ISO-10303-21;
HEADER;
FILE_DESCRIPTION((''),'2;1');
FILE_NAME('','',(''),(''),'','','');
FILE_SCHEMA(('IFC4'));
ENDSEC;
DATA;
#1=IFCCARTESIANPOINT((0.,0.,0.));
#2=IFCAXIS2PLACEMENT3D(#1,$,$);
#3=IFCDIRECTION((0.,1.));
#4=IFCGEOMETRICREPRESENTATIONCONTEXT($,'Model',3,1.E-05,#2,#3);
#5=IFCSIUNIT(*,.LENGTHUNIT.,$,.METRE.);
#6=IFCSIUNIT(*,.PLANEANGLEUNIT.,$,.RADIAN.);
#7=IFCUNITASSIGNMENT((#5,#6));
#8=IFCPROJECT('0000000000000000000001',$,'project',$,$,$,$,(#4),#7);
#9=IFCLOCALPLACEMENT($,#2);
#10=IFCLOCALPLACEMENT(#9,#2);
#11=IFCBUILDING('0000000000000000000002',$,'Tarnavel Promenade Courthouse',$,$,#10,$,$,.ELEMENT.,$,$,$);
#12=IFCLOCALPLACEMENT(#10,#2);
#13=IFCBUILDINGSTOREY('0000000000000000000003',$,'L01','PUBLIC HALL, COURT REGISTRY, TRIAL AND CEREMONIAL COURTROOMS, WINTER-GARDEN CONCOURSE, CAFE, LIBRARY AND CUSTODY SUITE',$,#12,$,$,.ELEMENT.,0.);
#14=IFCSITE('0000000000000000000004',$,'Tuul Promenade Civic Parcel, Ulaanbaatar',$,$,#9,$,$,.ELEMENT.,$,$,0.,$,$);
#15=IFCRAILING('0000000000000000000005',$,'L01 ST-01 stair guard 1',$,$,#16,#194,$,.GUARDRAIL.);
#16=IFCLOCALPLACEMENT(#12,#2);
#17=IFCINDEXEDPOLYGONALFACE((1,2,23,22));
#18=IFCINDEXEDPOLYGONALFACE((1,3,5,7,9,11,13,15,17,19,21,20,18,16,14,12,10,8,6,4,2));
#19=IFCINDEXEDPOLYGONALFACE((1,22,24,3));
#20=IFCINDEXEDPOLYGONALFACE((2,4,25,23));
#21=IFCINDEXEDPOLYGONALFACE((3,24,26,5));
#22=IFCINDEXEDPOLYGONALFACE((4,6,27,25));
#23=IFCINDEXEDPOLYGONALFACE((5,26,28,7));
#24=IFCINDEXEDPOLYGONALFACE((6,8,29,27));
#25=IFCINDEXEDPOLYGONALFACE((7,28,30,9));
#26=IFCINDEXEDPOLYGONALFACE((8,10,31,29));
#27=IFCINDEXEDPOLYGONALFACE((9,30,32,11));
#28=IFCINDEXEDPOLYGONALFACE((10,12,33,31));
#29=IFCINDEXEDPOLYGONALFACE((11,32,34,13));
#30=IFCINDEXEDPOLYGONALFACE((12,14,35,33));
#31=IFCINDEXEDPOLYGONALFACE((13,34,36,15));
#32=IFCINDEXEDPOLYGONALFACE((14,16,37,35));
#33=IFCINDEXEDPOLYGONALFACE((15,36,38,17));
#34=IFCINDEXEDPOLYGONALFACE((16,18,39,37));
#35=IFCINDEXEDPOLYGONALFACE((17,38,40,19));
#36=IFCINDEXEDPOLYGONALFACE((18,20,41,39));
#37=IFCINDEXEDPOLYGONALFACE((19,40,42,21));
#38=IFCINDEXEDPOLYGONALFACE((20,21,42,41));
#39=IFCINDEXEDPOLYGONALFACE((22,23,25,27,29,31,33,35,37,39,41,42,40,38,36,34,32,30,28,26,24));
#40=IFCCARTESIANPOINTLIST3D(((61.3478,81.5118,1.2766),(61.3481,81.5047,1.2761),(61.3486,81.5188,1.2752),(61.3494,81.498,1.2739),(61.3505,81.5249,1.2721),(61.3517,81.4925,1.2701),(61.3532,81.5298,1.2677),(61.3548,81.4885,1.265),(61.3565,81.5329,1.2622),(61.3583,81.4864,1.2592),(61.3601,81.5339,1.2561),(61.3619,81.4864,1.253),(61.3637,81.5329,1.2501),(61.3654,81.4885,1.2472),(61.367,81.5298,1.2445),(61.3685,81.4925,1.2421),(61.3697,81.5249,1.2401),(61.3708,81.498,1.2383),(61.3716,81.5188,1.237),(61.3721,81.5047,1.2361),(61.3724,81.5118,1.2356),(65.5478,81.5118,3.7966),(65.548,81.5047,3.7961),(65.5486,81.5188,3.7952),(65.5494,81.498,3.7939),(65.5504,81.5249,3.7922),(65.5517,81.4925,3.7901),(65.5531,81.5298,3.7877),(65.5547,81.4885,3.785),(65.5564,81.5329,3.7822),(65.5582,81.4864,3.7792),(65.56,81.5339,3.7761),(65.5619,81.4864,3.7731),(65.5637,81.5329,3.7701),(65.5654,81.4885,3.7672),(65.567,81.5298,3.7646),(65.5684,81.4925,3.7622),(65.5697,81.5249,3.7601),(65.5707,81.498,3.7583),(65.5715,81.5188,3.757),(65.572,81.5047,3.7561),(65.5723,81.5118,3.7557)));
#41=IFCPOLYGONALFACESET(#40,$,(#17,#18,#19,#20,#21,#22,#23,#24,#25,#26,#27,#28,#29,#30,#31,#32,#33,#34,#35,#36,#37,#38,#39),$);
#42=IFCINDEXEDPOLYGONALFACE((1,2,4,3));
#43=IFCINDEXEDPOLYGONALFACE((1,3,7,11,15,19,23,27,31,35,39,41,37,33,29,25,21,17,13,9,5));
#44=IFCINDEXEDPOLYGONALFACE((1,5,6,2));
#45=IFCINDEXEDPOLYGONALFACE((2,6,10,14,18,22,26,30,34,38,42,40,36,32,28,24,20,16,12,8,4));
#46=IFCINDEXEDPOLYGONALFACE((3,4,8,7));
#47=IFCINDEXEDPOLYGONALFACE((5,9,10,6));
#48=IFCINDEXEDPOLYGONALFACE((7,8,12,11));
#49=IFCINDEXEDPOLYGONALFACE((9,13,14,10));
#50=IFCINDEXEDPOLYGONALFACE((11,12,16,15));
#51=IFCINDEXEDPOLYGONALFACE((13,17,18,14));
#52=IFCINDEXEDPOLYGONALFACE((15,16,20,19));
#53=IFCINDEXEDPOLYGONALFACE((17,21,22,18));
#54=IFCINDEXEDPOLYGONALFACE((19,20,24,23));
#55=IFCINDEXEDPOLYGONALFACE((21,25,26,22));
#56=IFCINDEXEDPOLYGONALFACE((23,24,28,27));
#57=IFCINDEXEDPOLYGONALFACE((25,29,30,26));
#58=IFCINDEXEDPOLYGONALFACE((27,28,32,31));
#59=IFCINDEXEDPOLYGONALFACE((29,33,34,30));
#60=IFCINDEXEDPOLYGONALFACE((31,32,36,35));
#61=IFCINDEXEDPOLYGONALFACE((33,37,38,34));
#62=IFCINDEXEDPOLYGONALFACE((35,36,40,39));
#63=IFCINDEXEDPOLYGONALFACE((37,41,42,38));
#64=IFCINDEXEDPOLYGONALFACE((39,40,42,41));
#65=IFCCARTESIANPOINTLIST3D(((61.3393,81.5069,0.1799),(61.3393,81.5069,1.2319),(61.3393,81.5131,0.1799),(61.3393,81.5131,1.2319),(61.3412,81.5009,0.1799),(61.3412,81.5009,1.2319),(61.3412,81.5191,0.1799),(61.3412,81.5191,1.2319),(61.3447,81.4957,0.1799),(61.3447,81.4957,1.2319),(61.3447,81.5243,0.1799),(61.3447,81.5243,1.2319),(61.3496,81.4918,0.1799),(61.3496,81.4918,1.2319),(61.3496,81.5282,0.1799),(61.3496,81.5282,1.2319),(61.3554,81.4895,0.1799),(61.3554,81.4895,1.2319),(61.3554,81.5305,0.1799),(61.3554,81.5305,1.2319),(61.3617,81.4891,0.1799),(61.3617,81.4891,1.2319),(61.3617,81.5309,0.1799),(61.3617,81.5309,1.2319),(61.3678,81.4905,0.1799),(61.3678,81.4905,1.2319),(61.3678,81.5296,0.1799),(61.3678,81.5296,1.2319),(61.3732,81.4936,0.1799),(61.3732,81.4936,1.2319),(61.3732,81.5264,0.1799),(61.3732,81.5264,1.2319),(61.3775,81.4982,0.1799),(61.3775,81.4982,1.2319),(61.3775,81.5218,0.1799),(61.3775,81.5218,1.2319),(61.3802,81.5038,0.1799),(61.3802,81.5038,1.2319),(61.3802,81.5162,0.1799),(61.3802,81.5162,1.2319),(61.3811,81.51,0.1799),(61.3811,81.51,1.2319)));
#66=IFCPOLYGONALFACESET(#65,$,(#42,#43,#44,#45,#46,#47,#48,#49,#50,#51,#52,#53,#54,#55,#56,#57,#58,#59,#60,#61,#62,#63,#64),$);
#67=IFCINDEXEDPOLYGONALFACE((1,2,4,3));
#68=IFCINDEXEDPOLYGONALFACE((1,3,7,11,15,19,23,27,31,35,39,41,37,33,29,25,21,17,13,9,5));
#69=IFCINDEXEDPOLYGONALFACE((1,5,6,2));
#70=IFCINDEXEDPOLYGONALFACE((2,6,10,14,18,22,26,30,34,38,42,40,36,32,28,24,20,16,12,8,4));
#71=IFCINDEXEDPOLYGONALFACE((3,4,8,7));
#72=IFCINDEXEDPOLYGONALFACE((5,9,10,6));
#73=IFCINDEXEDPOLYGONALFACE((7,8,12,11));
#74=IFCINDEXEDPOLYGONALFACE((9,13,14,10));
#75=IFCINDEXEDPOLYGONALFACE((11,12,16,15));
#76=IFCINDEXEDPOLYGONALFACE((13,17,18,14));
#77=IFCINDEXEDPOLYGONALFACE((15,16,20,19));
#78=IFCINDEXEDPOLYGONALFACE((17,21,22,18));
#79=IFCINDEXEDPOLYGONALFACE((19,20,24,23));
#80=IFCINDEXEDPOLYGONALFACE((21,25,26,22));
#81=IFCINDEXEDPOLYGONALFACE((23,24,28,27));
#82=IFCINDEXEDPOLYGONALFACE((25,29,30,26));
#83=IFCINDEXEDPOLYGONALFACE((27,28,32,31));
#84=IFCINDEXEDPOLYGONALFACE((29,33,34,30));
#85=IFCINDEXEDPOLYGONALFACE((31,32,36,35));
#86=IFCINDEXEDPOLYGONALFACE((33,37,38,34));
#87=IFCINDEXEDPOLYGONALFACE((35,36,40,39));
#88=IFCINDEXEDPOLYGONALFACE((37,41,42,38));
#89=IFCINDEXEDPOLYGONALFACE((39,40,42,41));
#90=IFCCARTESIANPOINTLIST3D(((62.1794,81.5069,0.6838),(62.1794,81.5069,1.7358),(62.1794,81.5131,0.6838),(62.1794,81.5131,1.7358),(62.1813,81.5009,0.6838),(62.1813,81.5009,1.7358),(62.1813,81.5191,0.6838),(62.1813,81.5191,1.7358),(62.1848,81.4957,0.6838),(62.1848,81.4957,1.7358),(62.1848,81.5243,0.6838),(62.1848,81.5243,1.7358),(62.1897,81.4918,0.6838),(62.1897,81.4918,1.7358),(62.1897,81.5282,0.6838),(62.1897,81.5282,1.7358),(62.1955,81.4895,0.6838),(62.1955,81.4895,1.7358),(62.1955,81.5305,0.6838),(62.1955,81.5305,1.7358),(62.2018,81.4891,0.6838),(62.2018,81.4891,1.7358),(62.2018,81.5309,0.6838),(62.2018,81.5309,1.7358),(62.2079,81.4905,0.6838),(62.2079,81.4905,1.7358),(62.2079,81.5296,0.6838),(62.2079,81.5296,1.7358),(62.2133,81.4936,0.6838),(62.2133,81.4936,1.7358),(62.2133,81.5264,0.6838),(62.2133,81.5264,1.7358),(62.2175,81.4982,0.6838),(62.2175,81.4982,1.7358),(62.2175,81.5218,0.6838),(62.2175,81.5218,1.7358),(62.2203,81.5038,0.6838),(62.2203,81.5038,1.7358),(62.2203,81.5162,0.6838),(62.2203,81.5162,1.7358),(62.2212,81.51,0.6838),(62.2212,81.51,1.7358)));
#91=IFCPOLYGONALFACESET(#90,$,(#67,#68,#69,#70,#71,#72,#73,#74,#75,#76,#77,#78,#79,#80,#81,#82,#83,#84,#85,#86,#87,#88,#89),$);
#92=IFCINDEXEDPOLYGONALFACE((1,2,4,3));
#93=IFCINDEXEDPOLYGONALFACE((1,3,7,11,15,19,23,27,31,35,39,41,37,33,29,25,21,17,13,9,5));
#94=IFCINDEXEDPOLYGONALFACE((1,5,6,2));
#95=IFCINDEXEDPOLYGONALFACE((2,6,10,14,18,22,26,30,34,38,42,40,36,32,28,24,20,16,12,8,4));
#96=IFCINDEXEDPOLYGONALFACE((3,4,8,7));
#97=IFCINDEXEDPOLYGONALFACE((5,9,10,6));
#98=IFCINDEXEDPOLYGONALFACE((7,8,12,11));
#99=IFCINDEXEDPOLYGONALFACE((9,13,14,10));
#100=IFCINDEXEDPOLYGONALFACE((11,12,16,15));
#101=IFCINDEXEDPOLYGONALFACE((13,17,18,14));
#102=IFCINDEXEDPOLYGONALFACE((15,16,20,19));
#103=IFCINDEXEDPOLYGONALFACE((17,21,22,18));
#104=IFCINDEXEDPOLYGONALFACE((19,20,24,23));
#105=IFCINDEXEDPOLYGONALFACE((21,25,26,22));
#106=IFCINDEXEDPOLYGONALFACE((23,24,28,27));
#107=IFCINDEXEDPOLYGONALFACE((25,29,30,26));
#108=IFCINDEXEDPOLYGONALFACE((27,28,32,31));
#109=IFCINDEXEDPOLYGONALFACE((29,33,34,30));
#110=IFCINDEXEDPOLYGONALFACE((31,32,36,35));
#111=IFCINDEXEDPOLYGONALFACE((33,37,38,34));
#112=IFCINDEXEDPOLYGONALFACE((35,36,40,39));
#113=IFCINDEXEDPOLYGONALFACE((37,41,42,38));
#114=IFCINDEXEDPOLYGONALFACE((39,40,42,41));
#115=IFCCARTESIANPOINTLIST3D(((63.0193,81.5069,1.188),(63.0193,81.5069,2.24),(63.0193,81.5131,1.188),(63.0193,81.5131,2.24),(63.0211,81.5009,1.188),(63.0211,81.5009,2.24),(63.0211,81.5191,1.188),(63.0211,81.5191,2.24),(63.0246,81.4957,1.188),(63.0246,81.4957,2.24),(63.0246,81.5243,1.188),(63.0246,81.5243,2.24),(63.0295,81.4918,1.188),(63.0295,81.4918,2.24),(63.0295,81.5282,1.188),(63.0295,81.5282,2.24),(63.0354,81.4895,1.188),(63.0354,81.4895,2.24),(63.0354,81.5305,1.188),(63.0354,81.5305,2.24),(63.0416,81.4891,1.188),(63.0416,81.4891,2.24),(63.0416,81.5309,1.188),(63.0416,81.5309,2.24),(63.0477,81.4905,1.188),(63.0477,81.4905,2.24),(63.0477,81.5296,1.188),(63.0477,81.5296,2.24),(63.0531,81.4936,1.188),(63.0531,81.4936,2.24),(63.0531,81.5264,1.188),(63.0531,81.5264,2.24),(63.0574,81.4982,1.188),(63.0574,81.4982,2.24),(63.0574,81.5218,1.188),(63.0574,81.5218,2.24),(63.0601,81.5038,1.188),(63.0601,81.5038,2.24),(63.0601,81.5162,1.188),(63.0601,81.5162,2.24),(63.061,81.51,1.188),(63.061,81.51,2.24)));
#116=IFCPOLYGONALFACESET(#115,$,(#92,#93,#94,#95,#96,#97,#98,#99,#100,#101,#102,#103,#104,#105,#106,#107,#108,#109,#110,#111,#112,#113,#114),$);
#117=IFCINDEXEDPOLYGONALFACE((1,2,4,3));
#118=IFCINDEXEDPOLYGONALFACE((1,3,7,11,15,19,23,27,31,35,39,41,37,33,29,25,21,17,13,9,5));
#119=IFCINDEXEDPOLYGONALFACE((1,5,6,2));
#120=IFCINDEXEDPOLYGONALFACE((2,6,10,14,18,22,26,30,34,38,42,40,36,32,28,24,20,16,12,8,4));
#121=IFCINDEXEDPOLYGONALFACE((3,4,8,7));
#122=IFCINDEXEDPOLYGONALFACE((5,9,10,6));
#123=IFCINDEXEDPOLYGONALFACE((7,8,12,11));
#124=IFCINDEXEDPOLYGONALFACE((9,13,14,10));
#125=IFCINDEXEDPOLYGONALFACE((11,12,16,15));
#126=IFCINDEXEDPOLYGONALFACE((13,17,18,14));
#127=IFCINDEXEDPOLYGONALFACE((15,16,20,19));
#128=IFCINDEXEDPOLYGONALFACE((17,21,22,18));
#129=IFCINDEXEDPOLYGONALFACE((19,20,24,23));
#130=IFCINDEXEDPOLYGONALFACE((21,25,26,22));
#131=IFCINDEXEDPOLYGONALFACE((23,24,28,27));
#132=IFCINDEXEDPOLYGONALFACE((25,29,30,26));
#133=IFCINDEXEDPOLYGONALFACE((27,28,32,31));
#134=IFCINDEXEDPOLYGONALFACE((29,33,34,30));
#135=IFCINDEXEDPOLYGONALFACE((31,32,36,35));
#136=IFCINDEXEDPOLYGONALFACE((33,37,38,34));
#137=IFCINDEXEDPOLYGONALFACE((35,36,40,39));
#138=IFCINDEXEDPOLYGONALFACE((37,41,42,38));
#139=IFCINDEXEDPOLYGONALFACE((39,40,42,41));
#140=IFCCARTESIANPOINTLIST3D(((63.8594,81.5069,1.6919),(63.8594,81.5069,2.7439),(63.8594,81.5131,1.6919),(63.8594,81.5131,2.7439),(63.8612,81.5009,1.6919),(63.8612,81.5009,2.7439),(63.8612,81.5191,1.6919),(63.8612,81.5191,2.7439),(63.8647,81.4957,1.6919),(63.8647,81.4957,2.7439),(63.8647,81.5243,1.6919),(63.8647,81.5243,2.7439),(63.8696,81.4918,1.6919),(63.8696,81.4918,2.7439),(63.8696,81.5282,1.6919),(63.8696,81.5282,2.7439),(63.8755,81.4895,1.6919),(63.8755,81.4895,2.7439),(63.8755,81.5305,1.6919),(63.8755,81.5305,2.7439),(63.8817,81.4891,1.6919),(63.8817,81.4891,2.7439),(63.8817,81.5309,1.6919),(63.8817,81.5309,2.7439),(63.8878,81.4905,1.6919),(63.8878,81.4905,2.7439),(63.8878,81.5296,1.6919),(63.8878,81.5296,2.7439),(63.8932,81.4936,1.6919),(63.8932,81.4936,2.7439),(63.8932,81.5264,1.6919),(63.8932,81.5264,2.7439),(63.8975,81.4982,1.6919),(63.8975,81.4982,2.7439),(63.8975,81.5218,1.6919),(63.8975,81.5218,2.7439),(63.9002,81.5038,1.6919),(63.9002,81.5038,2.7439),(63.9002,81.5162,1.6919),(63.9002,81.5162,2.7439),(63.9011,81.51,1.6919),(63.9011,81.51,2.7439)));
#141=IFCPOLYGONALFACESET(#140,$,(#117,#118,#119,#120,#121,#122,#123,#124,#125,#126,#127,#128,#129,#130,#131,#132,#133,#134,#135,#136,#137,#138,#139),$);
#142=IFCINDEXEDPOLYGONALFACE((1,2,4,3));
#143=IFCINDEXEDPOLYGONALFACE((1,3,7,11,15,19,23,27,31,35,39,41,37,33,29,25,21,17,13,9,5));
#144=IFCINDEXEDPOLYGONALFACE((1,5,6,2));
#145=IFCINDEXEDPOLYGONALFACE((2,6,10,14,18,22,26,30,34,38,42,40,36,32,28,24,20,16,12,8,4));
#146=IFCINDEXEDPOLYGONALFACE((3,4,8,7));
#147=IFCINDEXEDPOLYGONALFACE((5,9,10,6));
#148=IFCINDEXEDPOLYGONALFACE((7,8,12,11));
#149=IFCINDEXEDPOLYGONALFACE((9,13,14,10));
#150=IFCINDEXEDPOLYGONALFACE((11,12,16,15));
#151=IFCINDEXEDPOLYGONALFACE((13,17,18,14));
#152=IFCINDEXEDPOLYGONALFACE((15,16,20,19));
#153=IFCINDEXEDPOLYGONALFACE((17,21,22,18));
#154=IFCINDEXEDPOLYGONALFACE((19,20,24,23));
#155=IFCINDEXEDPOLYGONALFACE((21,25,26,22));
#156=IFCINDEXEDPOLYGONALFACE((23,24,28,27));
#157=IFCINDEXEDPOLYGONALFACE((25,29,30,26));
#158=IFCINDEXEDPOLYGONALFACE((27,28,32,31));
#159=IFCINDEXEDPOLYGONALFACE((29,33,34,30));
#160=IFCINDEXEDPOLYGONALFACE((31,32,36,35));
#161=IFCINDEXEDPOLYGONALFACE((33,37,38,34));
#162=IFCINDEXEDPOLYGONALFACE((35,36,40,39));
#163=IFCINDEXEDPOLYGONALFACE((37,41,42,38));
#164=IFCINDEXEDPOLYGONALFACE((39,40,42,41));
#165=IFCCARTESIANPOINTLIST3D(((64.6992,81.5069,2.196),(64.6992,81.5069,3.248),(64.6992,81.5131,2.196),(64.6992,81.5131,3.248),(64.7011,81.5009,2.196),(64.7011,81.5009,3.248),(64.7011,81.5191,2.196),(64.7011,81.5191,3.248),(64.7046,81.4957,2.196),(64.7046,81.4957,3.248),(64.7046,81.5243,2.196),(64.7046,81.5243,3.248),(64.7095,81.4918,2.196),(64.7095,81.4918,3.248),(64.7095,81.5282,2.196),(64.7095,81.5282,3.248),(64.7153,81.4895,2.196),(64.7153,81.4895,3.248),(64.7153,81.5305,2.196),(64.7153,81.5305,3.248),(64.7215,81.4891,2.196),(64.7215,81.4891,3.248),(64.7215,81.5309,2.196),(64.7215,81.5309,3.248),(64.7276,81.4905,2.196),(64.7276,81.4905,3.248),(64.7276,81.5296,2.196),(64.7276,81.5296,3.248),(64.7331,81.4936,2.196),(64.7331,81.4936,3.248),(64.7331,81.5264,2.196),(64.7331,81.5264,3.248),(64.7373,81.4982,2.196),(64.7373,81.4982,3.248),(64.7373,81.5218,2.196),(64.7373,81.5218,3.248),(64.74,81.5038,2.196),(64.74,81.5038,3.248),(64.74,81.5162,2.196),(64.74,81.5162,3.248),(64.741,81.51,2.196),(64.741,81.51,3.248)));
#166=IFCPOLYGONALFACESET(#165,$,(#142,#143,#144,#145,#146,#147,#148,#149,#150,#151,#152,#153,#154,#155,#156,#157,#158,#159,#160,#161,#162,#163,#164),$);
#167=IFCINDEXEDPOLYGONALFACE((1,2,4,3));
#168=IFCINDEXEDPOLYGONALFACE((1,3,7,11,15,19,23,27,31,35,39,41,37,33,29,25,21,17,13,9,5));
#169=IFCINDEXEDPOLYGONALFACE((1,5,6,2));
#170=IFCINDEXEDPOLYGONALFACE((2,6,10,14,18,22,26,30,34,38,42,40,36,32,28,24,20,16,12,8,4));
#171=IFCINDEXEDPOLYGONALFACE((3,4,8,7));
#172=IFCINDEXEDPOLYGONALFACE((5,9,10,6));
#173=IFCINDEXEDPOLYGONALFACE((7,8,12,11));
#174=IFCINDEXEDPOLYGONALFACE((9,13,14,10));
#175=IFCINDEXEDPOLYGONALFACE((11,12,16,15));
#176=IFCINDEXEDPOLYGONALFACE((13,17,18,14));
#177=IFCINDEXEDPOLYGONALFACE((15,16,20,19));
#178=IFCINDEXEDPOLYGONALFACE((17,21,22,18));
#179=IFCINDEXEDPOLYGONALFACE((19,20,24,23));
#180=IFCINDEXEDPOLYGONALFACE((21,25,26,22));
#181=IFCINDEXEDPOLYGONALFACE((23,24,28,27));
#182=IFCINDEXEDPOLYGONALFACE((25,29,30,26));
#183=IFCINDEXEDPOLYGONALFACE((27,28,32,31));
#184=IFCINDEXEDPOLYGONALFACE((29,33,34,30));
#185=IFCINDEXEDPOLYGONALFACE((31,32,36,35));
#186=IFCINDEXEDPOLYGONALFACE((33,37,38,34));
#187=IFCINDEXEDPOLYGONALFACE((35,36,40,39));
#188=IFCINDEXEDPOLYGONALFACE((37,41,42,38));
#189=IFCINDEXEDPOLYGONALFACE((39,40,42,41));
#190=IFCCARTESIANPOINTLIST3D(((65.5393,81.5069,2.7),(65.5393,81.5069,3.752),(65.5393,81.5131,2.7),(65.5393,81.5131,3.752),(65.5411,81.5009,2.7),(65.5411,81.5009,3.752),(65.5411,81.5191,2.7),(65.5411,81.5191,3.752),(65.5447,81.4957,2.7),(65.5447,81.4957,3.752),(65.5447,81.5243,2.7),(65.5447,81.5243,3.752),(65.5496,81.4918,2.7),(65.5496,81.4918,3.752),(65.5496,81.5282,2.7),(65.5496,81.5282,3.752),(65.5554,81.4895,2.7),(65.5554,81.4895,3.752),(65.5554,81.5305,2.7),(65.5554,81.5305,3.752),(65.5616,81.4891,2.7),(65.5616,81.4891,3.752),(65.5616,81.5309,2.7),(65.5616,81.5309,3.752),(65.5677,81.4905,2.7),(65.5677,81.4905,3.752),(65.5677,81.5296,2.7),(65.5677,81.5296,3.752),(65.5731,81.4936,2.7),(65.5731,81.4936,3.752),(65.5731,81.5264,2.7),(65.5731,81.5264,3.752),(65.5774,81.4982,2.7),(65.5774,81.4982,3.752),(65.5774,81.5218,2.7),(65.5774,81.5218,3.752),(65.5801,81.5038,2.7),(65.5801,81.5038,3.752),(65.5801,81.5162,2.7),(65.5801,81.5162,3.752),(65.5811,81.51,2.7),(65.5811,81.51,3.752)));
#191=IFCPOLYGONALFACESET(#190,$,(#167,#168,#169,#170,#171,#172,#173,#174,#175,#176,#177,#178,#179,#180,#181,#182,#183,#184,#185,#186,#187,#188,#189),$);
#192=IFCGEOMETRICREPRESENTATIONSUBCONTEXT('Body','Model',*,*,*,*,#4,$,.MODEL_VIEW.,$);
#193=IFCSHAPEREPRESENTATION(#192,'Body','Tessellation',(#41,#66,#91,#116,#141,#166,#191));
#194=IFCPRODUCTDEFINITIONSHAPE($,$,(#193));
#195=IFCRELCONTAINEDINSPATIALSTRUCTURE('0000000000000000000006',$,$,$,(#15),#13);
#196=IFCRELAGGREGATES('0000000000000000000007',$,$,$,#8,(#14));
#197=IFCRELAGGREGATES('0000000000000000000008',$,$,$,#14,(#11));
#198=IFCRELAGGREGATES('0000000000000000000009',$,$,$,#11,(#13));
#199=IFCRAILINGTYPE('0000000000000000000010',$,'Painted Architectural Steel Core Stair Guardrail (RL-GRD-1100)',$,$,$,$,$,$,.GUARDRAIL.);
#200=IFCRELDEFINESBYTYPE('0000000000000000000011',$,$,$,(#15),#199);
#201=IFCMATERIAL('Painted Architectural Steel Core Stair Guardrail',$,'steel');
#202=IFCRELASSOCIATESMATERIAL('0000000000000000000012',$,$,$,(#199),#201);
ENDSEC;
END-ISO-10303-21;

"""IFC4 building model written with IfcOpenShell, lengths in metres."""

from ifc_helpers import new_model, si_unit, direction, frame, origin, origin_2d, place, context, subcontext, project, spatial, circle, extrude, material, type_object, element, save


model = new_model("IFC4")

# Units and contexts
model_context = context("Model", 3, precision=1e-05, world=origin(), true_north=direction((0.0, 1.0)))
body_context = subcontext(model_context, "Body", "Model", "MODEL_VIEW")
ifc_project = project(units=[si_unit("LENGTHUNIT", "METRE"), si_unit("PLANEANGLEUNIT", "RADIAN")], contexts=[model_context])

# Site, building, storey
site_placement = place(None, origin())
site = spatial("IfcSite", under=ifc_project, at=site_placement, Name="Tuul Promenade Civic Parcel, Ulaanbaatar", CompositionType="ELEMENT", RefElevation=0.0)
building_placement = place(site_placement, origin())
building = spatial("IfcBuilding", under=site, at=building_placement, Name="Tarnavel Promenade Courthouse", CompositionType="ELEMENT")
storey_placement = place(building_placement, origin())
storey = spatial("IfcBuildingStorey", under=building, at=storey_placement, Name="L01", Description="PUBLIC HALL, COURT REGISTRY, TRIAL AND CEREMONIAL COURTROOMS, WINTER-GARDEN CONCOURSE, CAFE, LIBRARY AND CUSTODY SUITE", CompositionType="ELEMENT", Elevation=0.0)

# Railing
ifc_material_1 = material(Name="Painted Architectural Steel Core Stair Guardrail", Category="steel")
railing_type_1 = type_object("IfcRailingType", Name="Painted Architectural Steel Core Stair Guardrail (RL-GRD-1100)", PredefinedType="GUARDRAIL", material=ifc_material_1)
railing_1_placement = place(storey_placement, frame((61.3601, 81.51, 0.1799)))
element("IfcRailing", 1, at=railing_1_placement, inside=storey, type_object=railing_type_1, Name="L01 ST-01 stair guard 1", PredefinedType="GUARDRAIL", context=body_context, shape_type="SweptSolid", body=[
    extrude(circle(Radius=0.0239, at=origin_2d()), frame((0.0, 0.0, 1.0762), z_axis=(0.857489, 0.0, 0.514503), x_axis=(0.0, 1.0, 0.0)), (0.0, 0.0, 1.0), 4.8979),
    extrude(circle(Radius=0.021, at=origin_2d()), origin(), (0.0, 0.0, 1.0), 1.052),
    extrude(circle(Radius=0.021, at=origin_2d()), frame((0.8401, 0.0, 0.5039)), (0.0, 0.0, 1.0), 1.052),
    extrude(circle(Radius=0.021, at=origin_2d()), frame((1.6799, 0.0, 1.0081)), (0.0, 0.0, 1.0), 1.052),
    extrude(circle(Radius=0.021, at=origin_2d()), frame((2.52, 0.0, 1.512)), (0.0, 0.0, 1.0), 1.052),
    extrude(circle(Radius=0.021, at=origin_2d()), frame((3.3599, 0.0, 2.0161)), (0.0, 0.0, 1.0), 1.052),
    extrude(circle(Radius=0.021, at=origin_2d()), frame((4.2, 0.0, 2.52)), (0.0, 0.0, 1.0), 1.052),
])

save(model, "model.ifc")
